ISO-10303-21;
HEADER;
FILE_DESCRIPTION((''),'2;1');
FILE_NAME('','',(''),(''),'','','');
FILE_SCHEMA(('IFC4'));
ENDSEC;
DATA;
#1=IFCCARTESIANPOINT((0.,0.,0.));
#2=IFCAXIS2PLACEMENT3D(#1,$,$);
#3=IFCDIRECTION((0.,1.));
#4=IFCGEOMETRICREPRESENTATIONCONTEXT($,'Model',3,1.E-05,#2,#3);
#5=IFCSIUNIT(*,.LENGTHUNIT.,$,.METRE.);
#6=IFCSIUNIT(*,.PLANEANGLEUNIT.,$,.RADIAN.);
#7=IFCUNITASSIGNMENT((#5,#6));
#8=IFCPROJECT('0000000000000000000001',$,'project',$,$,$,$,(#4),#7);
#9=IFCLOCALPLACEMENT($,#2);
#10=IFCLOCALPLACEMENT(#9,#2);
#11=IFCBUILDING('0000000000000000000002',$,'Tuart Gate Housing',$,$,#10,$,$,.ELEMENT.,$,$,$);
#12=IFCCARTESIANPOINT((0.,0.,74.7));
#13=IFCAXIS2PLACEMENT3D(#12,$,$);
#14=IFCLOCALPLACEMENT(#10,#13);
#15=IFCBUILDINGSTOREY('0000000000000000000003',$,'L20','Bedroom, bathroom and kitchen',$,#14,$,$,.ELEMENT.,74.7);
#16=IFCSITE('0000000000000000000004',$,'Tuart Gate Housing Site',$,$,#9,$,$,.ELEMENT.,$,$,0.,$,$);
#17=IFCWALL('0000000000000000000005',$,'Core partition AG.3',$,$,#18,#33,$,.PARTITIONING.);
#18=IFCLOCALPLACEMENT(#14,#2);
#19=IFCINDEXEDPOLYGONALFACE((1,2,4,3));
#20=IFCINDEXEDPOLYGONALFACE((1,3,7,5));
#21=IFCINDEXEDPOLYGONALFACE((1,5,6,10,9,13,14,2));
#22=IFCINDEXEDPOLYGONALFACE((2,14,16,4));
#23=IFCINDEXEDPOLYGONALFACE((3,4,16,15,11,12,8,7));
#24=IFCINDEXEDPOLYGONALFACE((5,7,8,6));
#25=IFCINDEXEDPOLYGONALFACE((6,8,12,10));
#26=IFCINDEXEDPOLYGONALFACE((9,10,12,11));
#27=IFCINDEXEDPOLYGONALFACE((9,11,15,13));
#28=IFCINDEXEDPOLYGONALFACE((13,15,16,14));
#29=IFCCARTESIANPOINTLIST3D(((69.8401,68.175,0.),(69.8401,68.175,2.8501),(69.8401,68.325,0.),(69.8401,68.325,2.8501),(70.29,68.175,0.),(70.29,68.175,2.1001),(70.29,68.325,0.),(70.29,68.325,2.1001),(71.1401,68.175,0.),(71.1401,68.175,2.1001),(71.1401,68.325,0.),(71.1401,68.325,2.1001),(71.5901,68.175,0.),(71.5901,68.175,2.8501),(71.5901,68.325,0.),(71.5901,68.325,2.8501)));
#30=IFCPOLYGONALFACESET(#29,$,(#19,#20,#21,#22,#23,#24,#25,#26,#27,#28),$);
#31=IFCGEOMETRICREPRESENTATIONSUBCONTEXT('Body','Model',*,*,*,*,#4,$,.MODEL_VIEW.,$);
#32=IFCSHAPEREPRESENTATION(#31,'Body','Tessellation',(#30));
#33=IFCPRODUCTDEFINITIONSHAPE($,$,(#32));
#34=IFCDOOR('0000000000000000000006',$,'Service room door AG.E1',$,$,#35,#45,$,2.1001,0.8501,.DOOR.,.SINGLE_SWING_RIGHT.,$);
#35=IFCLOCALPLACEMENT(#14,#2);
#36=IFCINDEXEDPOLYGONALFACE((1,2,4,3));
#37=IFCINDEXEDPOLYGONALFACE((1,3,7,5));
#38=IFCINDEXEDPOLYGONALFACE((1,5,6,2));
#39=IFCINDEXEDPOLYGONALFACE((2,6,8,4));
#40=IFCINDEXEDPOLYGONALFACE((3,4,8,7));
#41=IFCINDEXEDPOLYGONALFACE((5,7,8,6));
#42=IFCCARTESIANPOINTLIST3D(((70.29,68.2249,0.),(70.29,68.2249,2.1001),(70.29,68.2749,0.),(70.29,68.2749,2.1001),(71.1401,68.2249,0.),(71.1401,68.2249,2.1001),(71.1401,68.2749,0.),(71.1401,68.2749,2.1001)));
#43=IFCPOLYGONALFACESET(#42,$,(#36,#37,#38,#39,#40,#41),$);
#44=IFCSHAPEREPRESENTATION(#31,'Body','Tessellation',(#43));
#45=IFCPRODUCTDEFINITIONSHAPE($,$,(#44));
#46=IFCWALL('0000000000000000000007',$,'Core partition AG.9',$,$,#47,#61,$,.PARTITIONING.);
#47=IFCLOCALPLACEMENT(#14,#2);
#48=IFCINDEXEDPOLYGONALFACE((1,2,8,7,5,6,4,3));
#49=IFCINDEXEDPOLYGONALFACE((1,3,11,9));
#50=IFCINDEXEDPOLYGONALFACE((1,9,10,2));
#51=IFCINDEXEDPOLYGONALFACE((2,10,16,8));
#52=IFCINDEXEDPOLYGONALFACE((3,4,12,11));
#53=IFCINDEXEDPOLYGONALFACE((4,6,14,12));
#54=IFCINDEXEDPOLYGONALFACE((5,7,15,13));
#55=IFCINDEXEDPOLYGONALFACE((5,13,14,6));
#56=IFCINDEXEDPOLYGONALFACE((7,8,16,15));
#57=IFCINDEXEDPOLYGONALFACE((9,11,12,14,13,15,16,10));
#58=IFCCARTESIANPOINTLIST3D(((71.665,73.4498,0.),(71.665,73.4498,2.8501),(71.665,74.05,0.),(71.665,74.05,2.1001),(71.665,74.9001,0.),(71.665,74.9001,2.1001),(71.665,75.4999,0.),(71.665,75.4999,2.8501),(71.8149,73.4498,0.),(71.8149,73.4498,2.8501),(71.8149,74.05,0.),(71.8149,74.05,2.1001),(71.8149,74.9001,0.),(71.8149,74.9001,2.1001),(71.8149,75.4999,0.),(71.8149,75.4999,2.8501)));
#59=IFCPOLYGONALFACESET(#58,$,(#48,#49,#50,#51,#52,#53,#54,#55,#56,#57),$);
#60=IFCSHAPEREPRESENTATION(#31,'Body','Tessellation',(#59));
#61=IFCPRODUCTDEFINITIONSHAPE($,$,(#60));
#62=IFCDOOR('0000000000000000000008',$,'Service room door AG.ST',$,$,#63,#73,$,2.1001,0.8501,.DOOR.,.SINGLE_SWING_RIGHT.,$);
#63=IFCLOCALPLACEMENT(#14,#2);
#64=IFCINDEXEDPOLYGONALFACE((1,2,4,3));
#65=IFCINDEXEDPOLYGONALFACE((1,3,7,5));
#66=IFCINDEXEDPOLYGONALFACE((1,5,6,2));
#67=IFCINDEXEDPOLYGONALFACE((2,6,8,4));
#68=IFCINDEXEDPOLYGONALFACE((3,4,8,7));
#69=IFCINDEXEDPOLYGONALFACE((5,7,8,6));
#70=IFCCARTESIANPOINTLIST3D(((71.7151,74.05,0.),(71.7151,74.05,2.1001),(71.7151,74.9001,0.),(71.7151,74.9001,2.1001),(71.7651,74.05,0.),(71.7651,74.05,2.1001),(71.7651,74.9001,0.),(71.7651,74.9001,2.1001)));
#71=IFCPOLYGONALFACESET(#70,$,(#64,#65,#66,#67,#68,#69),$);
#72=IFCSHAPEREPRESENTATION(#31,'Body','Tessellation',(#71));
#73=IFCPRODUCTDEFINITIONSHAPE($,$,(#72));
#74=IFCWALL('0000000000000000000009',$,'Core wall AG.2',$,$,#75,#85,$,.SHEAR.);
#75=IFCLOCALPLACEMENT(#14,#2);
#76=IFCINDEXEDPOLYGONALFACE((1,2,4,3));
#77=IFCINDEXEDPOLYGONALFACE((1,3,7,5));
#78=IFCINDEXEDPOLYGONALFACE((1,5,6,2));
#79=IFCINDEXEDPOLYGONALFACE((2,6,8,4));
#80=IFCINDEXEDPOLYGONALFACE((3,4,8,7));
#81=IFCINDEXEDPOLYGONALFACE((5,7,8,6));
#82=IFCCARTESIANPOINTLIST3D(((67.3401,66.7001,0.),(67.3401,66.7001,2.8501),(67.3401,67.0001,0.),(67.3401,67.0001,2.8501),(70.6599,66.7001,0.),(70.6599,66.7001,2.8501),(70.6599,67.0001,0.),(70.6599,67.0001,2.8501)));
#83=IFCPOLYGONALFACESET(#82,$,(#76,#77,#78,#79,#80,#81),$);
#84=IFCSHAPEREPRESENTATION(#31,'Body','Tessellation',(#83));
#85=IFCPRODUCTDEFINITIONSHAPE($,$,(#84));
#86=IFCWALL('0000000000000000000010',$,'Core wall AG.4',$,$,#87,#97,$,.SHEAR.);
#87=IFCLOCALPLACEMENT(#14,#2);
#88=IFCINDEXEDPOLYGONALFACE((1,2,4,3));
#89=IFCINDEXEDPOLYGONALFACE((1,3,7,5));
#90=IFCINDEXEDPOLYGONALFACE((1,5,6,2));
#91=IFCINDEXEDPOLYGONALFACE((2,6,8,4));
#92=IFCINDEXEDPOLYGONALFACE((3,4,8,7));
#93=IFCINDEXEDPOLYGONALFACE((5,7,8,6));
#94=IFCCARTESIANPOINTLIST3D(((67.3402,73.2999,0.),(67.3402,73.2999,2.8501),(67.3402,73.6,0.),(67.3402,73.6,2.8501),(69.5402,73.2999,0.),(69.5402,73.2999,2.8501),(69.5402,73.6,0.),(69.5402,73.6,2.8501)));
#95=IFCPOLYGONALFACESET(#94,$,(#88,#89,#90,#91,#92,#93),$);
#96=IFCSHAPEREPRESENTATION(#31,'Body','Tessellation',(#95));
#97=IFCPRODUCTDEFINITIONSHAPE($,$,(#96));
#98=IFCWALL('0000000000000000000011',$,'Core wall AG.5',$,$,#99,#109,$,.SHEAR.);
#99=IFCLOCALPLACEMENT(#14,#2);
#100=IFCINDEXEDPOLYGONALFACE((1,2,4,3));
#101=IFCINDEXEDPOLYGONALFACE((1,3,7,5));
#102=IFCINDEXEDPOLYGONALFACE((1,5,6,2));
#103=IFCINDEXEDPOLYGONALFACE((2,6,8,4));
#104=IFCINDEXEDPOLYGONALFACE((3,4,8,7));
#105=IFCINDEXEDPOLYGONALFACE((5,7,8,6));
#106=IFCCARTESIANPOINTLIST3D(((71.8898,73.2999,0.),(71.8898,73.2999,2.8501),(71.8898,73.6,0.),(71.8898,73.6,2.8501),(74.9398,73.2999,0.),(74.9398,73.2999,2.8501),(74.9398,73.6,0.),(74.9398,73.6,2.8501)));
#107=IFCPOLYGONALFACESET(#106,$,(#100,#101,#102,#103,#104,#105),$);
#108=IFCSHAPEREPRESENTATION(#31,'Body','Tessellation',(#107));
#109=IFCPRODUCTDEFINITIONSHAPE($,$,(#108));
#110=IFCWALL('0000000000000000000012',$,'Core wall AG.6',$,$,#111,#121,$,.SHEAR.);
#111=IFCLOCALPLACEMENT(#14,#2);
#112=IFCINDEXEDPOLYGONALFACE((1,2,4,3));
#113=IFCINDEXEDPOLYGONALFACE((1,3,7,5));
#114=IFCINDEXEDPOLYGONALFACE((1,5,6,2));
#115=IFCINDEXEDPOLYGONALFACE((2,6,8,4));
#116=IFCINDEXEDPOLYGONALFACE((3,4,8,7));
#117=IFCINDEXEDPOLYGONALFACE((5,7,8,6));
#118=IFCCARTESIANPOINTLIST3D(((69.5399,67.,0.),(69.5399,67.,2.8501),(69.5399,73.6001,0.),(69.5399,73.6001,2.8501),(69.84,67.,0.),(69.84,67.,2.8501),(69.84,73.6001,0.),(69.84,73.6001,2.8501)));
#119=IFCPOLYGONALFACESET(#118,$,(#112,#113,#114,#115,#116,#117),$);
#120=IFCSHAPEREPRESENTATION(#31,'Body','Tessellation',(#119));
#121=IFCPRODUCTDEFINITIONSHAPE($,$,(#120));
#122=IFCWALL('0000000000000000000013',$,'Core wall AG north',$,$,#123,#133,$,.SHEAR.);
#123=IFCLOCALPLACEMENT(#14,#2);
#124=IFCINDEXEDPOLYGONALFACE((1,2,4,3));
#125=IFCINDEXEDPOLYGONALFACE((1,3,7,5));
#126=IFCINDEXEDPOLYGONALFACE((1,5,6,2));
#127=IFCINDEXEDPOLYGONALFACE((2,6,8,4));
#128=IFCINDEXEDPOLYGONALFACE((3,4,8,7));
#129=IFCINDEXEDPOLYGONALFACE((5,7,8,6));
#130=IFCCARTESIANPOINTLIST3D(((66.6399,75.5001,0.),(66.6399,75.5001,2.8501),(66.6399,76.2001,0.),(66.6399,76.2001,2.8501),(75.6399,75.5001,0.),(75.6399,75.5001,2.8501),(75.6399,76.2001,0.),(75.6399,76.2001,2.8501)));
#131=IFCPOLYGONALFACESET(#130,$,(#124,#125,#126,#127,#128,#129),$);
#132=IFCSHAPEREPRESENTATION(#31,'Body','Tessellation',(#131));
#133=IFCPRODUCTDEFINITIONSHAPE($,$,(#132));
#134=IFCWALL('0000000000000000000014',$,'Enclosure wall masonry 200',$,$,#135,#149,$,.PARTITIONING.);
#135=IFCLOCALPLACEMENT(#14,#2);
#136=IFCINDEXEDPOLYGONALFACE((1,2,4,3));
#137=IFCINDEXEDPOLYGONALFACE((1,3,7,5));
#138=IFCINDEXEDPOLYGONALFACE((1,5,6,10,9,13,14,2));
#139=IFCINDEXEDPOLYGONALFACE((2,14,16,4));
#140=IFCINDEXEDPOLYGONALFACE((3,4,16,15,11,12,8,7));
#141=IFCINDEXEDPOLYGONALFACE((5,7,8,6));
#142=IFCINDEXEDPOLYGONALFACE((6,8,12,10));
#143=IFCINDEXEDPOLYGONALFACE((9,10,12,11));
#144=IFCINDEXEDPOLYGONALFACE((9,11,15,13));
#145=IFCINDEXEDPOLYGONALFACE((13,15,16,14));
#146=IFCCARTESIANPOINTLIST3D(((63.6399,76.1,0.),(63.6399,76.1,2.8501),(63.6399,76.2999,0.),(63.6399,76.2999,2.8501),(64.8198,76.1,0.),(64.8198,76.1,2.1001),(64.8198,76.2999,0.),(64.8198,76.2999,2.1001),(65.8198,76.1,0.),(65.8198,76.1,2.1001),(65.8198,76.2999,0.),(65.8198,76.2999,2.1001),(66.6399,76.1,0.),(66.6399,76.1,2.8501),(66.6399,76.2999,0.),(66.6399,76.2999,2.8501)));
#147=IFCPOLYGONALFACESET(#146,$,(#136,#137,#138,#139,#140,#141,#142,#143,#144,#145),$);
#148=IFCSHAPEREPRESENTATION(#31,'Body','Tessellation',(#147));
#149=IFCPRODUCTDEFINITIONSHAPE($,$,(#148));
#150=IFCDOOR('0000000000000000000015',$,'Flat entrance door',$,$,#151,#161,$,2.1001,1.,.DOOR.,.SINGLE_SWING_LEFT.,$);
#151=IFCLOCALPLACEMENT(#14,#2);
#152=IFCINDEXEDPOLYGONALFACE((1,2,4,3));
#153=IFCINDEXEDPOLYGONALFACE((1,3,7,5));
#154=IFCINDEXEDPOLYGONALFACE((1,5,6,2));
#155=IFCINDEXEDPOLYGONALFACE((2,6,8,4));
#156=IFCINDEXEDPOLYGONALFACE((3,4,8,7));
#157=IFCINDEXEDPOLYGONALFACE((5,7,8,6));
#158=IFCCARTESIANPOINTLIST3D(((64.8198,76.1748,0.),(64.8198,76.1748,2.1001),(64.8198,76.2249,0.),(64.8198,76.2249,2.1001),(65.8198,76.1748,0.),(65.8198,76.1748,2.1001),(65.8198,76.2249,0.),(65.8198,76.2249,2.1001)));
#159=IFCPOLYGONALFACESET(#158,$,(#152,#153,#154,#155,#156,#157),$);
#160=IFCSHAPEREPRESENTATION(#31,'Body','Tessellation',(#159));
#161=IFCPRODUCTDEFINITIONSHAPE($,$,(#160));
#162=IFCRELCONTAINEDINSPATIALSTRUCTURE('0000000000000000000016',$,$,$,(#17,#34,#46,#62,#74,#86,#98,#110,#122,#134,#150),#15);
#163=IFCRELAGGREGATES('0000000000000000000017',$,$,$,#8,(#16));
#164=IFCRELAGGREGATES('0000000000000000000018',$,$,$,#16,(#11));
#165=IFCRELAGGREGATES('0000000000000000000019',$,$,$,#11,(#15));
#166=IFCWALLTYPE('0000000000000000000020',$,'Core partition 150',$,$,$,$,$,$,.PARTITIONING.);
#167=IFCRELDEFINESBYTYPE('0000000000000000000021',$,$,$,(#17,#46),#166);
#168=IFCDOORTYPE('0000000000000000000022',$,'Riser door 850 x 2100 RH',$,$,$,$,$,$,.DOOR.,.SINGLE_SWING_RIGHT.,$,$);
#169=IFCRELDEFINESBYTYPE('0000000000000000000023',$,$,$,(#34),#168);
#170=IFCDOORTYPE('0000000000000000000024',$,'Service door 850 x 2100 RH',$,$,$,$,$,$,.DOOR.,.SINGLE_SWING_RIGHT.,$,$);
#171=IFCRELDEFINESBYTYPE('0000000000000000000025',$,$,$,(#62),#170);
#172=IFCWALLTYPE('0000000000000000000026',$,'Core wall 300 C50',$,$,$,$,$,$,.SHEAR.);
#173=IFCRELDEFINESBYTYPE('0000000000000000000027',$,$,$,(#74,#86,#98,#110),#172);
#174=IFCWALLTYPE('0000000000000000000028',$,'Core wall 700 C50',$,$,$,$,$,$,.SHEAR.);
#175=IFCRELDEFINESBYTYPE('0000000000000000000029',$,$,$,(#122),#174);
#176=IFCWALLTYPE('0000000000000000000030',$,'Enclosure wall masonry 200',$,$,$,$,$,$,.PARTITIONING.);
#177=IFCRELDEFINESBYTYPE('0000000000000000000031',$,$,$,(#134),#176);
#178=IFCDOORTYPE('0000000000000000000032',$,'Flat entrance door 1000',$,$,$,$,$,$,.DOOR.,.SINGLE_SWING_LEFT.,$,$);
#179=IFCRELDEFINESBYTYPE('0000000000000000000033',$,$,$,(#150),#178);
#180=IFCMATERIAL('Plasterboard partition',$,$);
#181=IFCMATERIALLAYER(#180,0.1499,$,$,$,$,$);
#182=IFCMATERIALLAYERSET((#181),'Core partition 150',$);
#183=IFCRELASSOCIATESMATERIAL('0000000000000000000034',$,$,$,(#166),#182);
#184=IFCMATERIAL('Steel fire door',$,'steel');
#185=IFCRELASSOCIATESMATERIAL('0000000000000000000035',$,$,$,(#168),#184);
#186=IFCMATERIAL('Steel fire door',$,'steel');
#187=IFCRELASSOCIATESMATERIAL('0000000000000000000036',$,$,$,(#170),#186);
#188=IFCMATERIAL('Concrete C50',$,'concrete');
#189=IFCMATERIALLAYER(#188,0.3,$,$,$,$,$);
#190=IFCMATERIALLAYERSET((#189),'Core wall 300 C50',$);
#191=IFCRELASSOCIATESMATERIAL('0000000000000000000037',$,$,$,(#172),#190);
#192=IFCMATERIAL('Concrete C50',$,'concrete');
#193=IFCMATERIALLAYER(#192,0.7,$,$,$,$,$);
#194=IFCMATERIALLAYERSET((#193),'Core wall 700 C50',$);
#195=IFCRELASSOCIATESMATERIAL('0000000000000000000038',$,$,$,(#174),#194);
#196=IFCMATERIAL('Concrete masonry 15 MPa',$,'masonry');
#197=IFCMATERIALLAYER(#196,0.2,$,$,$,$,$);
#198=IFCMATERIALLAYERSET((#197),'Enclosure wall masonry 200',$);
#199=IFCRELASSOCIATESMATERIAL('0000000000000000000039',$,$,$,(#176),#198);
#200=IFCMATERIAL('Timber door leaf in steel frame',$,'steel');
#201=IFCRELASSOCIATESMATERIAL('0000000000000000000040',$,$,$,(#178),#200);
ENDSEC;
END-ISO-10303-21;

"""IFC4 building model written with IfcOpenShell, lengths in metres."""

from ifc_helpers import new_model, si_unit, direction, frame, frame_2d, origin, place, context, subcontext, project, spatial, rectangle, extrude, material, layer, layer_set, type_object, element, fill, save


model = new_model("IFC4")

# Units and contexts
model_context = context("Model", 3, precision=1e-05, world=origin(), true_north=direction((0.0, 1.0)))
body_context = subcontext(model_context, "Body", "Model", "MODEL_VIEW")
ifc_project = project(units=[si_unit("LENGTHUNIT", "METRE"), si_unit("PLANEANGLEUNIT", "RADIAN")], contexts=[model_context])

# Site, building, storey
site_placement = place(None, origin())
site = spatial("IfcSite", under=ifc_project, at=site_placement, Name="Tuart Gate Housing Site", CompositionType="ELEMENT", RefElevation=0.0)
building_placement = place(site_placement, origin())
building = spatial("IfcBuilding", under=site, at=building_placement, Name="Tuart Gate Housing", CompositionType="ELEMENT")
storey_placement = place(building_placement, frame((0.0, 0.0, 74.7)))
storey = spatial("IfcBuildingStorey", under=building, at=storey_placement, Name="L20", Description="Bedroom, bathroom and kitchen", CompositionType="ELEMENT", Elevation=74.7)

# Walls, openings, doors
ifc_material_1 = material(Name="Plasterboard partition")
ifc_layer_1 = layer(ifc_material_1, 0.1499)
ifc_layer_set_1 = layer_set([ifc_layer_1], Name="Core partition 150")
wall_type_1 = type_object("IfcWallType", Name="Core partition 150", PredefinedType="PARTITIONING", material=ifc_layer_set_1)
wall_1_placement = place(storey_placement, frame((69.8401, 68.25, 0.0), z_axis=(0.0, 0.0, 1.0), x_axis=(1.0, 0.0, 0.0)))
wall_1 = element("IfcWall", 1, at=wall_1_placement, inside=storey, type_object=wall_type_1, Name="Core partition AG.3", PredefinedType="PARTITIONING", context=body_context, shape_type="SweptSolid", body=[
    extrude(rectangle(XDim=1.75, YDim=0.1499, at=frame_2d((0.875, 0.0))), origin(), (0.0, 0.0, 1.0), 2.8501),
])
opening_1_placement = place(wall_1_placement, frame((0.45, 0.0, 0.0)))
opening_1 = element("IfcOpeningElement", 2, at=opening_1_placement, cuts=wall_1, PredefinedType="OPENING", context=body_context, shape_type="SweptSolid", body=[
    extrude(rectangle(XDim=0.8501, YDim=2.1001, at=frame_2d((0.425, 1.05))), frame((0.0, 0.085, 0.0), z_axis=(0.0, -1.0, 0.0), x_axis=(1.0, 0.0, 0.0)), (0.0, 0.0, 1.0), 0.1699),
])
ifc_material_2 = material(Name="Steel fire door", Category="steel")
door_type_1 = type_object("IfcDoorType", Name="Riser door 850 x 2100 RH", OperationType="SINGLE_SWING_RIGHT", PredefinedType="DOOR", material=ifc_material_2)
door_1_placement = place(opening_1_placement, frame((0.8501, 0.0, 0.0), z_axis=(0.0, 0.0, 1.0), x_axis=(-1.0, 0.0, 0.0)))
door_1 = element("IfcDoor", 3, at=door_1_placement, inside=storey, type_object=door_type_1, Name="Service room door AG.E1", OperationType="SINGLE_SWING_RIGHT", OverallHeight=2.1001, OverallWidth=0.8501, PredefinedType="DOOR", context=body_context, shape_type="SweptSolid", body=[
    extrude(rectangle(XDim=0.8501, YDim=2.1001, at=frame_2d((0.425, 1.05))), frame((0.0, 0.0251, 0.0), z_axis=(0.0, -1.0, 0.0), x_axis=(1.0, 0.0, 0.0)), (0.0, 0.0, 1.0), 0.05),
])
fill(opening_1, door_1)
wall_2_placement = place(storey_placement, frame((71.74, 73.45, 0.0), z_axis=(0.0, 0.0, 1.0), x_axis=(0.0, 1.0, 0.0)))
wall_2 = element("IfcWall", 4, at=wall_2_placement, inside=storey, type_object=wall_type_1, Name="Core partition AG.9", PredefinedType="PARTITIONING", context=body_context, shape_type="SweptSolid", body=[
    extrude(rectangle(XDim=2.05, YDim=0.1499, at=frame_2d((1.0249, 0.0))), origin(), (0.0, 0.0, 1.0), 2.8501),
])
opening_2_placement = place(wall_2_placement, frame((0.6001, 0.0, 0.0)))
opening_2 = element("IfcOpeningElement", 5, at=opening_2_placement, cuts=wall_2, PredefinedType="OPENING", context=body_context, shape_type="SweptSolid", body=[
    extrude(rectangle(XDim=0.8501, YDim=2.1001, at=frame_2d((0.425, 1.05))), frame((0.0, 0.085, 0.0), z_axis=(0.0, -1.0, 0.0), x_axis=(1.0, 0.0, 0.0)), (0.0, 0.0, 1.0), 0.1699),
])
ifc_material_3 = material(Name="Steel fire door", Category="steel")
door_type_2 = type_object("IfcDoorType", Name="Service door 850 x 2100 RH", OperationType="SINGLE_SWING_RIGHT", PredefinedType="DOOR", material=ifc_material_3)
door_2_placement = place(opening_2_placement, frame((0.8501, 0.0, 0.0), z_axis=(0.0, 0.0, 1.0), x_axis=(-1.0, 0.0, 0.0)))
door_2 = element("IfcDoor", 6, at=door_2_placement, inside=storey, type_object=door_type_2, Name="Service room door AG.ST", OperationType="SINGLE_SWING_RIGHT", OverallHeight=2.1001, OverallWidth=0.8501, PredefinedType="DOOR", context=body_context, shape_type="SweptSolid", body=[
    extrude(rectangle(XDim=0.8501, YDim=2.1001, at=frame_2d((0.425, 1.05))), frame((0.0, 0.0251, 0.0), z_axis=(0.0, -1.0, 0.0), x_axis=(1.0, 0.0, 0.0)), (0.0, 0.0, 1.0), 0.05),
])
fill(opening_2, door_2)

# Walls
ifc_material_4 = material(Name="Concrete C50", Category="concrete")
ifc_layer_2 = layer(ifc_material_4, 0.3)
ifc_layer_set_2 = layer_set([ifc_layer_2], Name="Core wall 300 C50")
wall_type_2 = type_object("IfcWallType", Name="Core wall 300 C50", PredefinedType="SHEAR", material=ifc_layer_set_2)
wall_3_placement = place(storey_placement, frame((67.3401, 66.8501, 0.0), z_axis=(0.0, 0.0, 1.0), x_axis=(1.0, 0.0, 0.0)))
element("IfcWall", 7, at=wall_3_placement, inside=storey, type_object=wall_type_2, Name="Core wall AG.2", PredefinedType="SHEAR", context=body_context, shape_type="SweptSolid", body=[
    extrude(rectangle(XDim=3.3198, YDim=0.3, at=frame_2d((1.6599, 0.0))), origin(), (0.0, 0.0, 1.0), 2.8501),
])
wall_4_placement = place(storey_placement, frame((67.3401, 73.45, 0.0), z_axis=(0.0, 0.0, 1.0), x_axis=(1.0, 0.0, 0.0)))
element("IfcWall", 8, at=wall_4_placement, inside=storey, type_object=wall_type_2, Name="Core wall AG.4", PredefinedType="SHEAR", context=body_context, shape_type="SweptSolid", body=[
    extrude(rectangle(XDim=2.2, YDim=0.3, at=frame_2d((1.1001, 0.0))), origin(), (0.0, 0.0, 1.0), 2.8501),
])
wall_5_placement = place(storey_placement, frame((71.8899, 73.45, 0.0), z_axis=(0.0, 0.0, 1.0), x_axis=(1.0, 0.0, 0.0)))
element("IfcWall", 9, at=wall_5_placement, inside=storey, type_object=wall_type_2, Name="Core wall AG.5", PredefinedType="SHEAR", context=body_context, shape_type="SweptSolid", body=[
    extrude(rectangle(XDim=3.05, YDim=0.3, at=frame_2d((1.5249, 0.0))), origin(), (0.0, 0.0, 1.0), 2.8501),
])
wall_6_placement = place(storey_placement, frame((69.6899, 67.0, 0.0), z_axis=(0.0, 0.0, 1.0), x_axis=(0.0, 1.0, 0.0)))
element("IfcWall", 10, at=wall_6_placement, inside=storey, type_object=wall_type_2, Name="Core wall AG.6", PredefinedType="SHEAR", context=body_context, shape_type="SweptSolid", body=[
    extrude(rectangle(XDim=6.6001, YDim=0.3, at=frame_2d((3.3, 0.0))), origin(), (0.0, 0.0, 1.0), 2.8501),
])
ifc_material_5 = material(Name="Concrete C50", Category="concrete")
ifc_layer_3 = layer(ifc_material_5, 0.7)
ifc_layer_set_3 = layer_set([ifc_layer_3], Name="Core wall 700 C50")
wall_type_3 = type_object("IfcWallType", Name="Core wall 700 C50", PredefinedType="SHEAR", material=ifc_layer_set_3)
wall_7_placement = place(storey_placement, frame((66.6399, 75.8501, 0.0), z_axis=(0.0, 0.0, 1.0), x_axis=(1.0, 0.0, 0.0)))
element("IfcWall", 11, at=wall_7_placement, inside=storey, type_object=wall_type_3, Name="Core wall AG north", PredefinedType="SHEAR", context=body_context, shape_type="SweptSolid", body=[
    extrude(rectangle(XDim=9.0, YDim=0.7, at=frame_2d((4.5, 0.0))), origin(), (0.0, 0.0, 1.0), 2.8501),
])

# Wall, opening, door
ifc_material_6 = material(Name="Concrete masonry 15 MPa", Category="masonry")
ifc_layer_4 = layer(ifc_material_6, 0.2)
ifc_layer_set_4 = layer_set([ifc_layer_4], Name="Enclosure wall masonry 200")
wall_type_4 = type_object("IfcWallType", Name="Enclosure wall masonry 200", PredefinedType="PARTITIONING", material=ifc_layer_set_4)
wall_8_placement = place(storey_placement, frame((63.6399, 76.2, 0.0), z_axis=(0.0, 0.0, 1.0), x_axis=(1.0, 0.0, 0.0)))
wall_8 = element("IfcWall", 12, at=wall_8_placement, inside=storey, type_object=wall_type_4, Name="Enclosure wall masonry 200", PredefinedType="PARTITIONING", context=body_context, shape_type="SweptSolid", body=[
    extrude(rectangle(XDim=3.0, YDim=0.2, at=frame_2d((1.5, 0.0))), origin(), (0.0, 0.0, 1.0), 2.8501),
])
opening_3_placement = place(wall_8_placement, frame((1.1799, 0.0, 0.0)))
opening_3 = element("IfcOpeningElement", 13, at=opening_3_placement, cuts=wall_8, PredefinedType="OPENING", context=body_context, shape_type="SweptSolid", body=[
    extrude(rectangle(XDim=1.0, YDim=2.1001, at=frame_2d((0.5, 1.05))), frame((0.0, 0.1099, 0.0), z_axis=(0.0, -1.0, 0.0), x_axis=(1.0, 0.0, 0.0)), (0.0, 0.0, 1.0), 0.22),
])
ifc_material_7 = material(Name="Timber door leaf in steel frame", Category="steel")
door_type_3 = type_object("IfcDoorType", Name="Flat entrance door 1000", OperationType="SINGLE_SWING_LEFT", PredefinedType="DOOR", material=ifc_material_7)
door_3_placement = place(opening_3_placement, origin())
door_3 = element("IfcDoor", 14, at=door_3_placement, inside=storey, type_object=door_type_3, Name="Flat entrance door", OperationType="SINGLE_SWING_LEFT", OverallHeight=2.1001, OverallWidth=1.0, PredefinedType="DOOR", context=body_context, shape_type="SweptSolid", body=[
    extrude(rectangle(XDim=1.0, YDim=2.1001, at=frame_2d((0.5, 1.05))), frame((0.0, 0.0249, 0.0), z_axis=(0.0, -1.0, 0.0), x_axis=(1.0, 0.0, 0.0)), (0.0, 0.0, 1.0), 0.05),
])
fill(opening_3, door_3)

save(model, "model.ifc")
